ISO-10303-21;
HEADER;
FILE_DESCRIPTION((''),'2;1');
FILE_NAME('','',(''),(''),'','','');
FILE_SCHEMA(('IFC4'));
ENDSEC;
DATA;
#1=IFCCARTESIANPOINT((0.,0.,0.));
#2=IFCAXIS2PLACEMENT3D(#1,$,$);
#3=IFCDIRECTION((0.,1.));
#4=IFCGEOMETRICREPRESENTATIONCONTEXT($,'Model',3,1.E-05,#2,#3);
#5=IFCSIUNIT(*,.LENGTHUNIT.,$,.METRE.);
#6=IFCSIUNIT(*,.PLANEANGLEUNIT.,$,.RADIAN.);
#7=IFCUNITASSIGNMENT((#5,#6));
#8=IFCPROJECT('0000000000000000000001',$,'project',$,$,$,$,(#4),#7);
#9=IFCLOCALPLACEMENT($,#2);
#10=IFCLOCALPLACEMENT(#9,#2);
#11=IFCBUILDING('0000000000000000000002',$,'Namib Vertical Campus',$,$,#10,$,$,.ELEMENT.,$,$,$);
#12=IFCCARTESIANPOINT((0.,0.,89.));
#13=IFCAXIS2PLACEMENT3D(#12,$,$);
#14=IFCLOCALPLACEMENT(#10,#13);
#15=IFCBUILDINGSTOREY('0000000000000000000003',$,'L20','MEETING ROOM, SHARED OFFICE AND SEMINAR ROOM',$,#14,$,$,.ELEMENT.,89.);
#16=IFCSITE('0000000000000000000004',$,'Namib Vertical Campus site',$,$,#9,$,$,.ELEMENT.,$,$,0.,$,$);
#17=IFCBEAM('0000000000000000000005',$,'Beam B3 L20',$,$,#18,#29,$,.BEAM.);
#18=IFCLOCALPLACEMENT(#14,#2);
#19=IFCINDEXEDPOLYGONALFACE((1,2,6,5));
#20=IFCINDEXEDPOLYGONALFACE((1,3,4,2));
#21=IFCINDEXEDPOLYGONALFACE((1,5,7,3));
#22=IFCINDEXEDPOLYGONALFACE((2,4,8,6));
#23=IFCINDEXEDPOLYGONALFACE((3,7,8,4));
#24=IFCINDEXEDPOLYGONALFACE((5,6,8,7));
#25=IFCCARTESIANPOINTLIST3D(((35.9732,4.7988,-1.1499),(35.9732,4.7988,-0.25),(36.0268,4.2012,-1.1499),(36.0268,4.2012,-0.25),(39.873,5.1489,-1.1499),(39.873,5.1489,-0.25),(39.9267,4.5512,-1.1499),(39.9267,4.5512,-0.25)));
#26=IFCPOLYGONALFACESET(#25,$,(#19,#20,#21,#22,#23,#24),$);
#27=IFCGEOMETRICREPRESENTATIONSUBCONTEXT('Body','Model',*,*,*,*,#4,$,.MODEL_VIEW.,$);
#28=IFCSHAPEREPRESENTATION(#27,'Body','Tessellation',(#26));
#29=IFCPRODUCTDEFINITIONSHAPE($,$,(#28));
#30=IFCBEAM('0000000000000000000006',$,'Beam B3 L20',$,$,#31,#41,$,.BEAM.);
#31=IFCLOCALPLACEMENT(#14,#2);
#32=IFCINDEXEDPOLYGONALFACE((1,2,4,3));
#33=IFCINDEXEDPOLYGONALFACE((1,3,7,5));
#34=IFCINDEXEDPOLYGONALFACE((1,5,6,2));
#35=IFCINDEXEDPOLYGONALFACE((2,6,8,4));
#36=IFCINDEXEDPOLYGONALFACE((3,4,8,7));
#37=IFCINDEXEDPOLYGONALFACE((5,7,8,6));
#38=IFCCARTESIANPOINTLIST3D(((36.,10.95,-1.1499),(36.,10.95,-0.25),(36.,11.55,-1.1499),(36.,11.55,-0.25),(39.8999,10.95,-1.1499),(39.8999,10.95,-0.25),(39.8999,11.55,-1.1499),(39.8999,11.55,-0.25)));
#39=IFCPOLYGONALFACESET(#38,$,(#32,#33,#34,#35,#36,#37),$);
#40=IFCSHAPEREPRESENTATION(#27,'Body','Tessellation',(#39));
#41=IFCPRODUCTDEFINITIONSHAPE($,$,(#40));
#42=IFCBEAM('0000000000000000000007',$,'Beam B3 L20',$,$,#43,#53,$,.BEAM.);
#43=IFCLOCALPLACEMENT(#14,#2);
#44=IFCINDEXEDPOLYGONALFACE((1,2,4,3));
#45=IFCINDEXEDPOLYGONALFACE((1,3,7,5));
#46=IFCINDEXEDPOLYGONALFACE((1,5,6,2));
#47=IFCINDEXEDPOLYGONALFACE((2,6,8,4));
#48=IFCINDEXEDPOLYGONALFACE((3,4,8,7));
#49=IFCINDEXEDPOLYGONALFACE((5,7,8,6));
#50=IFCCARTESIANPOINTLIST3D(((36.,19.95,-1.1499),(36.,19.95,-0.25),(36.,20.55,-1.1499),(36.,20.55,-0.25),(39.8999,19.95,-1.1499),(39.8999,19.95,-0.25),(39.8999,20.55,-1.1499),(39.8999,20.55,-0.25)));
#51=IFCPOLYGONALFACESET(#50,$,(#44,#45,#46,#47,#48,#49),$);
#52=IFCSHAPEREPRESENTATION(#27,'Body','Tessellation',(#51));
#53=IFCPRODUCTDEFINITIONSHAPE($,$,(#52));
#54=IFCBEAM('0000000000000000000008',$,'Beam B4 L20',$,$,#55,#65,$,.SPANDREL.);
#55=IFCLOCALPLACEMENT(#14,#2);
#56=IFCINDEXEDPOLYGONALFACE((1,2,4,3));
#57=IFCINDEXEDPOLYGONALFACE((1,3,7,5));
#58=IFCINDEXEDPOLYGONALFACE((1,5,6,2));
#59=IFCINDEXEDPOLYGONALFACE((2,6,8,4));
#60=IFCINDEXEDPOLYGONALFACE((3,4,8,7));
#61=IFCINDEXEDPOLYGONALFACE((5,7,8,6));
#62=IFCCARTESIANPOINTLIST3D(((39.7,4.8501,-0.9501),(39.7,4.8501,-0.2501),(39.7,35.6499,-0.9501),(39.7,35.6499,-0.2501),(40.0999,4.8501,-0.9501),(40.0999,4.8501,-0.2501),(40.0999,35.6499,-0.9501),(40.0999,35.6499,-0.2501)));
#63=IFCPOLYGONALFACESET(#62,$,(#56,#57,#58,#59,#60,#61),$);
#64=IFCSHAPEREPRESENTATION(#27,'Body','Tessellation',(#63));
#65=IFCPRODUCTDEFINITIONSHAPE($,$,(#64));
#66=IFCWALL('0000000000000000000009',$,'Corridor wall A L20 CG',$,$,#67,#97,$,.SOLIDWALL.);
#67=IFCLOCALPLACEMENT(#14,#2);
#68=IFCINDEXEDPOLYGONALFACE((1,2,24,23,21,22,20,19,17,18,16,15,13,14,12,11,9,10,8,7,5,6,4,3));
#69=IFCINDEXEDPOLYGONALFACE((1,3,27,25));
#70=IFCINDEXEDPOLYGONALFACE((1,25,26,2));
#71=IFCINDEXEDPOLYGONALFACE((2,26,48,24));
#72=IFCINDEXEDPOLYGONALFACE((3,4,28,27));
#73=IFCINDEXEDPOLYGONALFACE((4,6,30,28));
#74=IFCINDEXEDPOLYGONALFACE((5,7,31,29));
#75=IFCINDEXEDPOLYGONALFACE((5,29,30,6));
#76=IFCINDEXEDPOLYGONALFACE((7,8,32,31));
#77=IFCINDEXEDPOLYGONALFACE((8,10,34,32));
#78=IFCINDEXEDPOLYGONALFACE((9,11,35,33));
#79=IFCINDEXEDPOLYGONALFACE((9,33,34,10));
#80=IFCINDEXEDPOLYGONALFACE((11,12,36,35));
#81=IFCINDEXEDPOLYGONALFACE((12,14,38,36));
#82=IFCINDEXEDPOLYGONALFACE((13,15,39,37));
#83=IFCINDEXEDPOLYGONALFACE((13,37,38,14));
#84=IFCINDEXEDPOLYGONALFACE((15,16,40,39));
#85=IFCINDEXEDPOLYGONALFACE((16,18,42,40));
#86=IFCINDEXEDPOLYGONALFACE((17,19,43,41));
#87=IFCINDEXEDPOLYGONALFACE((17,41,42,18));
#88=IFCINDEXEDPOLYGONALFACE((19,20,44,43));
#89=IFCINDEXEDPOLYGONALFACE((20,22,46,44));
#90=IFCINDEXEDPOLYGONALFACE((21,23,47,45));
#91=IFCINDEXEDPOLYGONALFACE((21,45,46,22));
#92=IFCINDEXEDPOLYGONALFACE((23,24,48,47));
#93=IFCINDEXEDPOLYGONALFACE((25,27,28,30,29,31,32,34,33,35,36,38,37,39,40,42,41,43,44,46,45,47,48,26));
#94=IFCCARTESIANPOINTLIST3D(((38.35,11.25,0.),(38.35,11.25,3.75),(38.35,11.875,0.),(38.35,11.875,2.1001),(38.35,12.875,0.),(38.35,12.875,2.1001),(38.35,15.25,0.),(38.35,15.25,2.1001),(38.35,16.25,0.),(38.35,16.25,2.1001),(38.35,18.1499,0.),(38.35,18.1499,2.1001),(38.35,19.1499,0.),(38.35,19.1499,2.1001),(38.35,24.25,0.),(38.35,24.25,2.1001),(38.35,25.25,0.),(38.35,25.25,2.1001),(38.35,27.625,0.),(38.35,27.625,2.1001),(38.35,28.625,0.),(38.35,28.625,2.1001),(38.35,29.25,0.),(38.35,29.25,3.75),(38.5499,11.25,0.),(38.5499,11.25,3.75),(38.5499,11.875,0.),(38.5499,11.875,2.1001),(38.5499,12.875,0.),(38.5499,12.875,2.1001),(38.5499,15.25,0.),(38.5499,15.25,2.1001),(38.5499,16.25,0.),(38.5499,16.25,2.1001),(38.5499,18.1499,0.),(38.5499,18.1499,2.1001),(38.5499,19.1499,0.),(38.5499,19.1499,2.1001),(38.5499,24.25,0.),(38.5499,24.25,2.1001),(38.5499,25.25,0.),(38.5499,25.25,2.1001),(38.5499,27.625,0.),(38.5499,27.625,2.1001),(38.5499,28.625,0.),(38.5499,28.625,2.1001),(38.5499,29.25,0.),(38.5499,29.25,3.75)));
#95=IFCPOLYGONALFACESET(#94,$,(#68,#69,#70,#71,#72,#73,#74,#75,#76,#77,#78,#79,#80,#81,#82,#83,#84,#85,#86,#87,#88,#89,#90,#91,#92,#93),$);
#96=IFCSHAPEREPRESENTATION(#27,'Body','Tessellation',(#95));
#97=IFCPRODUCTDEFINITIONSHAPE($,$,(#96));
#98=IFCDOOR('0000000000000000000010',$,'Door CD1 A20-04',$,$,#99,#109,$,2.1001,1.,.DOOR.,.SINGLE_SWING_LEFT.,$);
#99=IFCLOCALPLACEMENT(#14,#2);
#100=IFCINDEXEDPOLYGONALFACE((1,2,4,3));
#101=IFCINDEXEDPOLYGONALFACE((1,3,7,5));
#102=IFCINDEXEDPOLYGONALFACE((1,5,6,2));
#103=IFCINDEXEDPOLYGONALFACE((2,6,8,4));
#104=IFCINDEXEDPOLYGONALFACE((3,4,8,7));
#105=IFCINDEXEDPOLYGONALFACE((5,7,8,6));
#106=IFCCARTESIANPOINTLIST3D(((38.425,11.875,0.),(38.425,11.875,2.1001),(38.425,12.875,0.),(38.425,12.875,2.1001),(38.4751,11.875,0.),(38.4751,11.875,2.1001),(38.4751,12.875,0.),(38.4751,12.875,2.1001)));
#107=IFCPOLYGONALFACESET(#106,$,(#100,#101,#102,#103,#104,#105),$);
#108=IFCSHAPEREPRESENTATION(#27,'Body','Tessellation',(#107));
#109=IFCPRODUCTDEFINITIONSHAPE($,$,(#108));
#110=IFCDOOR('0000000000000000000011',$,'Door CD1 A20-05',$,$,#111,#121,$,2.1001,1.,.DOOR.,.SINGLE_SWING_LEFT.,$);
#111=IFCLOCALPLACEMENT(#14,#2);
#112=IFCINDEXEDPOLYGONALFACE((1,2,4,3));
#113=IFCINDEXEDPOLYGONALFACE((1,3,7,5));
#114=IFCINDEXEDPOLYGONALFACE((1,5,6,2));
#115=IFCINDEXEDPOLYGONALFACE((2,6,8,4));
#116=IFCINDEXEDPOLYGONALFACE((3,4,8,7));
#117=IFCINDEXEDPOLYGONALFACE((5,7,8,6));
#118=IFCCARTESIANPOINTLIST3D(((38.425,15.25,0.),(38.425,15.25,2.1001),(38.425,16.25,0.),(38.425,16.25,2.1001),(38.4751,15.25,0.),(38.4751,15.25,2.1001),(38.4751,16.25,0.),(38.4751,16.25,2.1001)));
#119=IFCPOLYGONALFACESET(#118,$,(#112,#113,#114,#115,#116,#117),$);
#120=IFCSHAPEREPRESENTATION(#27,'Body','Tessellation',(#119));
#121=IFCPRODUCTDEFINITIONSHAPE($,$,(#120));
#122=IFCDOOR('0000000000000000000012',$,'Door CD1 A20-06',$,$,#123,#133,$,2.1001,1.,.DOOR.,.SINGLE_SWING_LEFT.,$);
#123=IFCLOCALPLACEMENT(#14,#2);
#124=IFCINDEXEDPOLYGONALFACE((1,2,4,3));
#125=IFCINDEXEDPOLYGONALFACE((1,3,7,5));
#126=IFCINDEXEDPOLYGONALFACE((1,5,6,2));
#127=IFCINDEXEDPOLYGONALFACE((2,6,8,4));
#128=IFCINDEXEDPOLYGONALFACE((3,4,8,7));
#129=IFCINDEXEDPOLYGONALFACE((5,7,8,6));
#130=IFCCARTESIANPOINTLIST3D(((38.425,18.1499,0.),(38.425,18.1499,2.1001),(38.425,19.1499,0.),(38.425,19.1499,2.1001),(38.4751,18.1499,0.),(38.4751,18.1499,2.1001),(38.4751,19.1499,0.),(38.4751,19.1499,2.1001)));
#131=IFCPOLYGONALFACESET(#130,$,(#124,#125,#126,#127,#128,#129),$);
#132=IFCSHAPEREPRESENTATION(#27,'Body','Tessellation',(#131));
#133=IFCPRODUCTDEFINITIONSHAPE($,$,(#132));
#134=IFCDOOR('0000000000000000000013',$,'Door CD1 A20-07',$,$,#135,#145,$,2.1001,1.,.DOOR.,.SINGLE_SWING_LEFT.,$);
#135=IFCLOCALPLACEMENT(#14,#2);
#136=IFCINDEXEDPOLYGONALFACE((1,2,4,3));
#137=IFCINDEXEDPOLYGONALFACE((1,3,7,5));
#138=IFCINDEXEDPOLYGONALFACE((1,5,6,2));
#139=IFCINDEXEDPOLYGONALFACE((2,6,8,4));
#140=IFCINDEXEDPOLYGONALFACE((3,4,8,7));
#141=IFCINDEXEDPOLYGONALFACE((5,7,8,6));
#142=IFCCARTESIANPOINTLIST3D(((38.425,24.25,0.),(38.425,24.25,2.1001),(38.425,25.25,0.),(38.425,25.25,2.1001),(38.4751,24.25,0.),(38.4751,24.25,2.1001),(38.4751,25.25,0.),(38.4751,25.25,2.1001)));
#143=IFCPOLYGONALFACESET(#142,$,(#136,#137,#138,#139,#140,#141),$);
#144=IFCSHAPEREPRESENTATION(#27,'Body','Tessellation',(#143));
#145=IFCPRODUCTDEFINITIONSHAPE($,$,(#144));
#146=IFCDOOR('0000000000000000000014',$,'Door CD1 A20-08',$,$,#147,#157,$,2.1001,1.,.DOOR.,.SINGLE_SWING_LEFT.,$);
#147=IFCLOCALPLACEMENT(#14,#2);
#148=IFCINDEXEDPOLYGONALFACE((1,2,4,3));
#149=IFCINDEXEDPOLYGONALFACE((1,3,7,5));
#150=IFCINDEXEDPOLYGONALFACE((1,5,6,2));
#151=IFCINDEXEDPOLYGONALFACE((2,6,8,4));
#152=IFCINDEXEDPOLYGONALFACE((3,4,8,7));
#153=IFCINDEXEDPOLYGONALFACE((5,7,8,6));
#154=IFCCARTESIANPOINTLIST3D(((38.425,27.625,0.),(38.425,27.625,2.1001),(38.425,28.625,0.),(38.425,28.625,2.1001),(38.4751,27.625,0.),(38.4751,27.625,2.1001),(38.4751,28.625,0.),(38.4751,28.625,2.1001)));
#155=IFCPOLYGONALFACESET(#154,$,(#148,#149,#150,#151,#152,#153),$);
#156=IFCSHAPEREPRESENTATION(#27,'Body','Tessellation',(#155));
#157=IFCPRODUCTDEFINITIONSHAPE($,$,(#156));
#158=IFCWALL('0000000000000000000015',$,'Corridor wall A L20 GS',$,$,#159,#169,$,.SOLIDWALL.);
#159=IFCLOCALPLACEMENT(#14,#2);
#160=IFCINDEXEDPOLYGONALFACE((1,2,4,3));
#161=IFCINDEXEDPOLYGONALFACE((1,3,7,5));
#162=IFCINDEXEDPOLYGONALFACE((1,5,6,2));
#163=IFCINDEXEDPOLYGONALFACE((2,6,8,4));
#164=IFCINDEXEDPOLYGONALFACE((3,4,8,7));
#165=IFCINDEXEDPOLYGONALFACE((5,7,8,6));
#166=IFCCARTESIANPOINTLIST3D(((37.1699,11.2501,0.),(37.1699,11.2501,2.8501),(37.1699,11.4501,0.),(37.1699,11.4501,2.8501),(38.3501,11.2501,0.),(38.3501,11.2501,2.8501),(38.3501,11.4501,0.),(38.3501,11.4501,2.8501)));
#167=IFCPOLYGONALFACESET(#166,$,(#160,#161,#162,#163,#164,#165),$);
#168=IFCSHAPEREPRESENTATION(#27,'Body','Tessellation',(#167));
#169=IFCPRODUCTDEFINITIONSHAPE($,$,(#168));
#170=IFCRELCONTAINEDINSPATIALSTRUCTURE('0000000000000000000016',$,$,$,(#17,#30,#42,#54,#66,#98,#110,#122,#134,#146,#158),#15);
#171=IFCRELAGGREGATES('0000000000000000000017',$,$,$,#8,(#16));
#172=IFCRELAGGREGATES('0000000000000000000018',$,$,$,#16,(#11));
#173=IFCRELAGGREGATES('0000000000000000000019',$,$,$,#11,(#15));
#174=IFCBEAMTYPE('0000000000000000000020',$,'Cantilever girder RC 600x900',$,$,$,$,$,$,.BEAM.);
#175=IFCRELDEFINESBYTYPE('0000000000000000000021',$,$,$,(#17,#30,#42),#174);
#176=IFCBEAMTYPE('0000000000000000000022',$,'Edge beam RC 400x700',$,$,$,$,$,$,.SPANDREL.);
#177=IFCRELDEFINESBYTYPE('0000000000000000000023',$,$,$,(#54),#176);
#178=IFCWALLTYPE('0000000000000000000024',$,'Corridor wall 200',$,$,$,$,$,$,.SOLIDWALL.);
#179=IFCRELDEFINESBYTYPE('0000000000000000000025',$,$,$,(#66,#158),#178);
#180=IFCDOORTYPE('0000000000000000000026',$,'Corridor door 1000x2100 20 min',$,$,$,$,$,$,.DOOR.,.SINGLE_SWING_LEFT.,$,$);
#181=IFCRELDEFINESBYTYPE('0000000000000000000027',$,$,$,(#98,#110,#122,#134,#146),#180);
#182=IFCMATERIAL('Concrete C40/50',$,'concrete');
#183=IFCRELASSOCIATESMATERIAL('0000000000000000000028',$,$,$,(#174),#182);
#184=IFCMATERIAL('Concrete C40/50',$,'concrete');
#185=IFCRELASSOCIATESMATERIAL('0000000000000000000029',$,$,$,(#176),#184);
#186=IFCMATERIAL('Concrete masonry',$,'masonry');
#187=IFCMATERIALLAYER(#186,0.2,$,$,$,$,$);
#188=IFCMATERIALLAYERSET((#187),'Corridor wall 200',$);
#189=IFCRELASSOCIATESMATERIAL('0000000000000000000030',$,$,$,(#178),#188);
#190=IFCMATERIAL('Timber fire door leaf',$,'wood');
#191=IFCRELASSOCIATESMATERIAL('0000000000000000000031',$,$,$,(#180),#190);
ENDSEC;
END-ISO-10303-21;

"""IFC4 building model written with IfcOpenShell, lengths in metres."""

from ifc_helpers import new_model, si_unit, direction, frame, frame_2d, origin, origin_2d, place, context, subcontext, project, spatial, rectangle, extrude, material, layer, layer_set, material_profile, profile_set, type_object, element, fill, save


model = new_model("IFC4")

# Units and contexts
model_context = context("Model", 3, precision=1e-05, world=origin(), true_north=direction((0.0, 1.0)))
body_context = subcontext(model_context, "Body", "Model", "MODEL_VIEW")
ifc_project = project(units=[si_unit("LENGTHUNIT", "METRE"), si_unit("PLANEANGLEUNIT", "RADIAN")], contexts=[model_context])

# Site, building, storey
site_placement = place(None, origin())
site = spatial("IfcSite", under=ifc_project, at=site_placement, Name="Namib Vertical Campus site", CompositionType="ELEMENT", RefElevation=0.0)
building_placement = place(site_placement, origin())
building = spatial("IfcBuilding", under=site, at=building_placement, Name="Namib Vertical Campus", CompositionType="ELEMENT")
storey_placement = place(building_placement, frame((0.0, 0.0, 89.0)))
storey = spatial("IfcBuildingStorey", under=building, at=storey_placement, Name="L20", Description="MEETING ROOM, SHARED OFFICE AND SEMINAR ROOM", CompositionType="ELEMENT", Elevation=89.0)

# Beams
ifc_material_1 = material(Name="Concrete C40/50", Category="concrete")
ifc_material_profile_1 = material_profile(ifc_material_1, rectangle(XDim=0.6001, YDim=0.8999, at=origin_2d()))
ifc_profile_set_1 = profile_set([ifc_material_profile_1], Name="Concrete C40/50")
beam_type_1 = type_object("IfcBeamType", Name="Cantilever girder RC 600x900", PredefinedType="BEAM", material=ifc_profile_set_1)
beam_1_placement = place(storey_placement, frame((36.0, 4.5, -0.7), z_axis=(0.995995, 0.089411, 0.0), x_axis=(-0.089411, 0.995995, 0.0)))
element("IfcBeam", 1, at=beam_1_placement, inside=storey, type_object=beam_type_1, Name="Beam B3 L20", PredefinedType="BEAM", context=body_context, shape_type="SweptSolid", body=[
    extrude(rectangle(XDim=0.6001, YDim=0.8999, at=origin_2d()), origin(), (0.0, 0.0, 1.0), 3.9155),
])
for number, where, z_axis, x_axis, name in (
    (2, (36.0, 11.25, -0.7), (1.0, 0.0, 0.0), (0.0, 1.0, 0.0), "Beam B3 L20"),
    (3, (36.0, 20.25, -0.7), (1.0, 0.0, 0.0), (0.0, 1.0, 0.0), "Beam B3 L20"),
):
    element("IfcBeam", number, at=place(storey_placement, frame(where, z_axis=z_axis, x_axis=x_axis)), inside=storey, type_object=beam_type_1, Name=name, PredefinedType="BEAM", context=body_context, shape_type="SweptSolid", body=[
        extrude(rectangle(XDim=0.6001, YDim=0.8999, at=origin_2d()), origin(), (0.0, 0.0, 1.0), 3.8999),
    ])
ifc_material_2 = material(Name="Concrete C40/50", Category="concrete")
ifc_material_profile_2 = material_profile(ifc_material_2, rectangle(XDim=0.3999, YDim=0.7, at=origin_2d()))
ifc_profile_set_2 = profile_set([ifc_material_profile_2], Name="Concrete C40/50")
beam_type_2 = type_object("IfcBeamType", Name="Edge beam RC 400x700", PredefinedType="SPANDREL", material=ifc_profile_set_2)
beam_2_placement = place(storey_placement, frame((39.8999, 4.8501, -0.6001), z_axis=(0.0, 1.0, 0.0), x_axis=(-1.0, 0.0, 0.0)))
element("IfcBeam", 4, at=beam_2_placement, inside=storey, type_object=beam_type_2, Name="Beam B4 L20", PredefinedType="SPANDREL", context=body_context, shape_type="SweptSolid", body=[
    extrude(rectangle(XDim=0.3999, YDim=0.7, at=origin_2d()), origin(), (0.0, 0.0, 1.0), 30.7998),
])

# Wall, openings, doors
ifc_material_3 = material(Name="Concrete masonry", Category="masonry")
ifc_layer_1 = layer(ifc_material_3, 0.2)
ifc_layer_set_1 = layer_set([ifc_layer_1], Name="Corridor wall 200")
wall_type_1 = type_object("IfcWallType", Name="Corridor wall 200", PredefinedType="SOLIDWALL", material=ifc_layer_set_1)
wall_1_placement = place(storey_placement, frame((38.45, 11.25, 0.0), z_axis=(0.0, 0.0, 1.0), x_axis=(0.0, 1.0, 0.0)))
wall_1 = element("IfcWall", 5, at=wall_1_placement, inside=storey, type_object=wall_type_1, Name="Corridor wall A L20 CG", PredefinedType="SOLIDWALL", context=body_context, shape_type="SweptSolid", body=[
    extrude(rectangle(XDim=18.0, YDim=0.2, at=frame_2d((9.0, 0.0))), origin(), (0.0, 0.0, 1.0), 3.75),
])
opening_1_placement = place(wall_1_placement, frame((0.625, 0.0, 0.0)))
opening_1 = element("IfcOpeningElement", 6, at=opening_1_placement, cuts=wall_1, PredefinedType="OPENING", context=body_context, shape_type="SweptSolid", body=[
    extrude(rectangle(XDim=1.0, YDim=2.1001, at=frame_2d((0.5, 1.05))), frame((0.0, 0.1099, 0.0), z_axis=(0.0, -1.0, 0.0), x_axis=(1.0, 0.0, 0.0)), (0.0, 0.0, 1.0), 0.22),
])
opening_2_placement = place(wall_1_placement, frame((4.0, 0.0, 0.0)))
opening_2 = element("IfcOpeningElement", 7, at=opening_2_placement, cuts=wall_1, PredefinedType="OPENING", context=body_context, shape_type="SweptSolid", body=[
    extrude(rectangle(XDim=1.0, YDim=2.1001, at=frame_2d((0.5, 1.05))), frame((0.0, 0.1099, 0.0), z_axis=(0.0, -1.0, 0.0), x_axis=(1.0, 0.0, 0.0)), (0.0, 0.0, 1.0), 0.22),
])
opening_3_placement = place(wall_1_placement, frame((6.8999, 0.0, 0.0)))
opening_3 = element("IfcOpeningElement", 8, at=opening_3_placement, cuts=wall_1, PredefinedType="OPENING", context=body_context, shape_type="SweptSolid", body=[
    extrude(rectangle(XDim=1.0, YDim=2.1001, at=frame_2d((0.5, 1.05))), frame((0.0, 0.1099, 0.0), z_axis=(0.0, -1.0, 0.0), x_axis=(1.0, 0.0, 0.0)), (0.0, 0.0, 1.0), 0.22),
])
opening_4_placement = place(wall_1_placement, frame((13.0, 0.0, 0.0)))
opening_4 = element("IfcOpeningElement", 9, at=opening_4_placement, cuts=wall_1, PredefinedType="OPENING", context=body_context, shape_type="SweptSolid", body=[
    extrude(rectangle(XDim=1.0, YDim=2.1001, at=frame_2d((0.5, 1.05))), frame((0.0, 0.1099, 0.0), z_axis=(0.0, -1.0, 0.0), x_axis=(1.0, 0.0, 0.0)), (0.0, 0.0, 1.0), 0.22),
])
opening_5_placement = place(wall_1_placement, frame((16.375, 0.0, 0.0)))
opening_5 = element("IfcOpeningElement", 10, at=opening_5_placement, cuts=wall_1, PredefinedType="OPENING", context=body_context, shape_type="SweptSolid", body=[
    extrude(rectangle(XDim=1.0, YDim=2.1001, at=frame_2d((0.5, 1.05))), frame((0.0, 0.1099, 0.0), z_axis=(0.0, -1.0, 0.0), x_axis=(1.0, 0.0, 0.0)), (0.0, 0.0, 1.0), 0.22),
])
ifc_material_4 = material(Name="Timber fire door leaf", Category="wood")
door_type = type_object("IfcDoorType", Name="Corridor door 1000x2100 20 min", OperationType="SINGLE_SWING_LEFT", PredefinedType="DOOR", material=ifc_material_4)
door_1_placement = place(opening_1_placement, origin())
door_1 = element("IfcDoor", 11, at=door_1_placement, inside=storey, type_object=door_type, Name="Door CD1 A20-04", OperationType="SINGLE_SWING_LEFT", OverallHeight=2.1001, OverallWidth=1.0, PredefinedType="DOOR", context=body_context, shape_type="SweptSolid", body=[
    extrude(rectangle(XDim=1.0, YDim=2.1001, at=frame_2d((0.5, 1.05))), frame((0.0, 0.0249, 0.0), z_axis=(0.0, -1.0, 0.0), x_axis=(1.0, 0.0, 0.0)), (0.0, 0.0, 1.0), 0.05),
])
fill(opening_1, door_1)
door_2_placement = place(opening_2_placement, origin())
door_2 = element("IfcDoor", 12, at=door_2_placement, inside=storey, type_object=door_type, Name="Door CD1 A20-05", OperationType="SINGLE_SWING_LEFT", OverallHeight=2.1001, OverallWidth=1.0, PredefinedType="DOOR", context=body_context, shape_type="SweptSolid", body=[
    extrude(rectangle(XDim=1.0, YDim=2.1001, at=frame_2d((0.5, 1.05))), frame((0.0, 0.0249, 0.0), z_axis=(0.0, -1.0, 0.0), x_axis=(1.0, 0.0, 0.0)), (0.0, 0.0, 1.0), 0.05),
])
fill(opening_2, door_2)
door_3_placement = place(opening_3_placement, origin())
door_3 = element("IfcDoor", 13, at=door_3_placement, inside=storey, type_object=door_type, Name="Door CD1 A20-06", OperationType="SINGLE_SWING_LEFT", OverallHeight=2.1001, OverallWidth=1.0, PredefinedType="DOOR", context=body_context, shape_type="SweptSolid", body=[
    extrude(rectangle(XDim=1.0, YDim=2.1001, at=frame_2d((0.5, 1.05))), frame((0.0, 0.0249, 0.0), z_axis=(0.0, -1.0, 0.0), x_axis=(1.0, 0.0, 0.0)), (0.0, 0.0, 1.0), 0.05),
])
fill(opening_3, door_3)
door_4_placement = place(opening_4_placement, origin())
door_4 = element("IfcDoor", 14, at=door_4_placement, inside=storey, type_object=door_type, Name="Door CD1 A20-07", OperationType="SINGLE_SWING_LEFT", OverallHeight=2.1001, OverallWidth=1.0, PredefinedType="DOOR", context=body_context, shape_type="SweptSolid", body=[
    extrude(rectangle(XDim=1.0, YDim=2.1001, at=frame_2d((0.5, 1.05))), frame((0.0, 0.0249, 0.0), z_axis=(0.0, -1.0, 0.0), x_axis=(1.0, 0.0, 0.0)), (0.0, 0.0, 1.0), 0.05),
])
fill(opening_4, door_4)
door_5_placement = place(opening_5_placement, origin())
door_5 = element("IfcDoor", 15, at=door_5_placement, inside=storey, type_object=door_type, Name="Door CD1 A20-08", OperationType="SINGLE_SWING_LEFT", OverallHeight=2.1001, OverallWidth=1.0, PredefinedType="DOOR", context=body_context, shape_type="SweptSolid", body=[
    extrude(rectangle(XDim=1.0, YDim=2.1001, at=frame_2d((0.5, 1.05))), frame((0.0, 0.0249, 0.0), z_axis=(0.0, -1.0, 0.0), x_axis=(1.0, 0.0, 0.0)), (0.0, 0.0, 1.0), 0.05),
])
fill(opening_5, door_5)

# Wall
wall_2_placement = place(storey_placement, frame((37.1699, 11.3501, 0.0), z_axis=(0.0, 0.0, 1.0), x_axis=(1.0, 0.0, 0.0)))
element("IfcWall", 16, at=wall_2_placement, inside=storey, type_object=wall_type_1, Name="Corridor wall A L20 GS", PredefinedType="SOLIDWALL", context=body_context, shape_type="SweptSolid", body=[
    extrude(rectangle(XDim=1.1802, YDim=0.2, at=frame_2d((0.5901, 0.0))), origin(), (0.0, 0.0, 1.0), 2.8501),
])

save(model, "model.ifc")
